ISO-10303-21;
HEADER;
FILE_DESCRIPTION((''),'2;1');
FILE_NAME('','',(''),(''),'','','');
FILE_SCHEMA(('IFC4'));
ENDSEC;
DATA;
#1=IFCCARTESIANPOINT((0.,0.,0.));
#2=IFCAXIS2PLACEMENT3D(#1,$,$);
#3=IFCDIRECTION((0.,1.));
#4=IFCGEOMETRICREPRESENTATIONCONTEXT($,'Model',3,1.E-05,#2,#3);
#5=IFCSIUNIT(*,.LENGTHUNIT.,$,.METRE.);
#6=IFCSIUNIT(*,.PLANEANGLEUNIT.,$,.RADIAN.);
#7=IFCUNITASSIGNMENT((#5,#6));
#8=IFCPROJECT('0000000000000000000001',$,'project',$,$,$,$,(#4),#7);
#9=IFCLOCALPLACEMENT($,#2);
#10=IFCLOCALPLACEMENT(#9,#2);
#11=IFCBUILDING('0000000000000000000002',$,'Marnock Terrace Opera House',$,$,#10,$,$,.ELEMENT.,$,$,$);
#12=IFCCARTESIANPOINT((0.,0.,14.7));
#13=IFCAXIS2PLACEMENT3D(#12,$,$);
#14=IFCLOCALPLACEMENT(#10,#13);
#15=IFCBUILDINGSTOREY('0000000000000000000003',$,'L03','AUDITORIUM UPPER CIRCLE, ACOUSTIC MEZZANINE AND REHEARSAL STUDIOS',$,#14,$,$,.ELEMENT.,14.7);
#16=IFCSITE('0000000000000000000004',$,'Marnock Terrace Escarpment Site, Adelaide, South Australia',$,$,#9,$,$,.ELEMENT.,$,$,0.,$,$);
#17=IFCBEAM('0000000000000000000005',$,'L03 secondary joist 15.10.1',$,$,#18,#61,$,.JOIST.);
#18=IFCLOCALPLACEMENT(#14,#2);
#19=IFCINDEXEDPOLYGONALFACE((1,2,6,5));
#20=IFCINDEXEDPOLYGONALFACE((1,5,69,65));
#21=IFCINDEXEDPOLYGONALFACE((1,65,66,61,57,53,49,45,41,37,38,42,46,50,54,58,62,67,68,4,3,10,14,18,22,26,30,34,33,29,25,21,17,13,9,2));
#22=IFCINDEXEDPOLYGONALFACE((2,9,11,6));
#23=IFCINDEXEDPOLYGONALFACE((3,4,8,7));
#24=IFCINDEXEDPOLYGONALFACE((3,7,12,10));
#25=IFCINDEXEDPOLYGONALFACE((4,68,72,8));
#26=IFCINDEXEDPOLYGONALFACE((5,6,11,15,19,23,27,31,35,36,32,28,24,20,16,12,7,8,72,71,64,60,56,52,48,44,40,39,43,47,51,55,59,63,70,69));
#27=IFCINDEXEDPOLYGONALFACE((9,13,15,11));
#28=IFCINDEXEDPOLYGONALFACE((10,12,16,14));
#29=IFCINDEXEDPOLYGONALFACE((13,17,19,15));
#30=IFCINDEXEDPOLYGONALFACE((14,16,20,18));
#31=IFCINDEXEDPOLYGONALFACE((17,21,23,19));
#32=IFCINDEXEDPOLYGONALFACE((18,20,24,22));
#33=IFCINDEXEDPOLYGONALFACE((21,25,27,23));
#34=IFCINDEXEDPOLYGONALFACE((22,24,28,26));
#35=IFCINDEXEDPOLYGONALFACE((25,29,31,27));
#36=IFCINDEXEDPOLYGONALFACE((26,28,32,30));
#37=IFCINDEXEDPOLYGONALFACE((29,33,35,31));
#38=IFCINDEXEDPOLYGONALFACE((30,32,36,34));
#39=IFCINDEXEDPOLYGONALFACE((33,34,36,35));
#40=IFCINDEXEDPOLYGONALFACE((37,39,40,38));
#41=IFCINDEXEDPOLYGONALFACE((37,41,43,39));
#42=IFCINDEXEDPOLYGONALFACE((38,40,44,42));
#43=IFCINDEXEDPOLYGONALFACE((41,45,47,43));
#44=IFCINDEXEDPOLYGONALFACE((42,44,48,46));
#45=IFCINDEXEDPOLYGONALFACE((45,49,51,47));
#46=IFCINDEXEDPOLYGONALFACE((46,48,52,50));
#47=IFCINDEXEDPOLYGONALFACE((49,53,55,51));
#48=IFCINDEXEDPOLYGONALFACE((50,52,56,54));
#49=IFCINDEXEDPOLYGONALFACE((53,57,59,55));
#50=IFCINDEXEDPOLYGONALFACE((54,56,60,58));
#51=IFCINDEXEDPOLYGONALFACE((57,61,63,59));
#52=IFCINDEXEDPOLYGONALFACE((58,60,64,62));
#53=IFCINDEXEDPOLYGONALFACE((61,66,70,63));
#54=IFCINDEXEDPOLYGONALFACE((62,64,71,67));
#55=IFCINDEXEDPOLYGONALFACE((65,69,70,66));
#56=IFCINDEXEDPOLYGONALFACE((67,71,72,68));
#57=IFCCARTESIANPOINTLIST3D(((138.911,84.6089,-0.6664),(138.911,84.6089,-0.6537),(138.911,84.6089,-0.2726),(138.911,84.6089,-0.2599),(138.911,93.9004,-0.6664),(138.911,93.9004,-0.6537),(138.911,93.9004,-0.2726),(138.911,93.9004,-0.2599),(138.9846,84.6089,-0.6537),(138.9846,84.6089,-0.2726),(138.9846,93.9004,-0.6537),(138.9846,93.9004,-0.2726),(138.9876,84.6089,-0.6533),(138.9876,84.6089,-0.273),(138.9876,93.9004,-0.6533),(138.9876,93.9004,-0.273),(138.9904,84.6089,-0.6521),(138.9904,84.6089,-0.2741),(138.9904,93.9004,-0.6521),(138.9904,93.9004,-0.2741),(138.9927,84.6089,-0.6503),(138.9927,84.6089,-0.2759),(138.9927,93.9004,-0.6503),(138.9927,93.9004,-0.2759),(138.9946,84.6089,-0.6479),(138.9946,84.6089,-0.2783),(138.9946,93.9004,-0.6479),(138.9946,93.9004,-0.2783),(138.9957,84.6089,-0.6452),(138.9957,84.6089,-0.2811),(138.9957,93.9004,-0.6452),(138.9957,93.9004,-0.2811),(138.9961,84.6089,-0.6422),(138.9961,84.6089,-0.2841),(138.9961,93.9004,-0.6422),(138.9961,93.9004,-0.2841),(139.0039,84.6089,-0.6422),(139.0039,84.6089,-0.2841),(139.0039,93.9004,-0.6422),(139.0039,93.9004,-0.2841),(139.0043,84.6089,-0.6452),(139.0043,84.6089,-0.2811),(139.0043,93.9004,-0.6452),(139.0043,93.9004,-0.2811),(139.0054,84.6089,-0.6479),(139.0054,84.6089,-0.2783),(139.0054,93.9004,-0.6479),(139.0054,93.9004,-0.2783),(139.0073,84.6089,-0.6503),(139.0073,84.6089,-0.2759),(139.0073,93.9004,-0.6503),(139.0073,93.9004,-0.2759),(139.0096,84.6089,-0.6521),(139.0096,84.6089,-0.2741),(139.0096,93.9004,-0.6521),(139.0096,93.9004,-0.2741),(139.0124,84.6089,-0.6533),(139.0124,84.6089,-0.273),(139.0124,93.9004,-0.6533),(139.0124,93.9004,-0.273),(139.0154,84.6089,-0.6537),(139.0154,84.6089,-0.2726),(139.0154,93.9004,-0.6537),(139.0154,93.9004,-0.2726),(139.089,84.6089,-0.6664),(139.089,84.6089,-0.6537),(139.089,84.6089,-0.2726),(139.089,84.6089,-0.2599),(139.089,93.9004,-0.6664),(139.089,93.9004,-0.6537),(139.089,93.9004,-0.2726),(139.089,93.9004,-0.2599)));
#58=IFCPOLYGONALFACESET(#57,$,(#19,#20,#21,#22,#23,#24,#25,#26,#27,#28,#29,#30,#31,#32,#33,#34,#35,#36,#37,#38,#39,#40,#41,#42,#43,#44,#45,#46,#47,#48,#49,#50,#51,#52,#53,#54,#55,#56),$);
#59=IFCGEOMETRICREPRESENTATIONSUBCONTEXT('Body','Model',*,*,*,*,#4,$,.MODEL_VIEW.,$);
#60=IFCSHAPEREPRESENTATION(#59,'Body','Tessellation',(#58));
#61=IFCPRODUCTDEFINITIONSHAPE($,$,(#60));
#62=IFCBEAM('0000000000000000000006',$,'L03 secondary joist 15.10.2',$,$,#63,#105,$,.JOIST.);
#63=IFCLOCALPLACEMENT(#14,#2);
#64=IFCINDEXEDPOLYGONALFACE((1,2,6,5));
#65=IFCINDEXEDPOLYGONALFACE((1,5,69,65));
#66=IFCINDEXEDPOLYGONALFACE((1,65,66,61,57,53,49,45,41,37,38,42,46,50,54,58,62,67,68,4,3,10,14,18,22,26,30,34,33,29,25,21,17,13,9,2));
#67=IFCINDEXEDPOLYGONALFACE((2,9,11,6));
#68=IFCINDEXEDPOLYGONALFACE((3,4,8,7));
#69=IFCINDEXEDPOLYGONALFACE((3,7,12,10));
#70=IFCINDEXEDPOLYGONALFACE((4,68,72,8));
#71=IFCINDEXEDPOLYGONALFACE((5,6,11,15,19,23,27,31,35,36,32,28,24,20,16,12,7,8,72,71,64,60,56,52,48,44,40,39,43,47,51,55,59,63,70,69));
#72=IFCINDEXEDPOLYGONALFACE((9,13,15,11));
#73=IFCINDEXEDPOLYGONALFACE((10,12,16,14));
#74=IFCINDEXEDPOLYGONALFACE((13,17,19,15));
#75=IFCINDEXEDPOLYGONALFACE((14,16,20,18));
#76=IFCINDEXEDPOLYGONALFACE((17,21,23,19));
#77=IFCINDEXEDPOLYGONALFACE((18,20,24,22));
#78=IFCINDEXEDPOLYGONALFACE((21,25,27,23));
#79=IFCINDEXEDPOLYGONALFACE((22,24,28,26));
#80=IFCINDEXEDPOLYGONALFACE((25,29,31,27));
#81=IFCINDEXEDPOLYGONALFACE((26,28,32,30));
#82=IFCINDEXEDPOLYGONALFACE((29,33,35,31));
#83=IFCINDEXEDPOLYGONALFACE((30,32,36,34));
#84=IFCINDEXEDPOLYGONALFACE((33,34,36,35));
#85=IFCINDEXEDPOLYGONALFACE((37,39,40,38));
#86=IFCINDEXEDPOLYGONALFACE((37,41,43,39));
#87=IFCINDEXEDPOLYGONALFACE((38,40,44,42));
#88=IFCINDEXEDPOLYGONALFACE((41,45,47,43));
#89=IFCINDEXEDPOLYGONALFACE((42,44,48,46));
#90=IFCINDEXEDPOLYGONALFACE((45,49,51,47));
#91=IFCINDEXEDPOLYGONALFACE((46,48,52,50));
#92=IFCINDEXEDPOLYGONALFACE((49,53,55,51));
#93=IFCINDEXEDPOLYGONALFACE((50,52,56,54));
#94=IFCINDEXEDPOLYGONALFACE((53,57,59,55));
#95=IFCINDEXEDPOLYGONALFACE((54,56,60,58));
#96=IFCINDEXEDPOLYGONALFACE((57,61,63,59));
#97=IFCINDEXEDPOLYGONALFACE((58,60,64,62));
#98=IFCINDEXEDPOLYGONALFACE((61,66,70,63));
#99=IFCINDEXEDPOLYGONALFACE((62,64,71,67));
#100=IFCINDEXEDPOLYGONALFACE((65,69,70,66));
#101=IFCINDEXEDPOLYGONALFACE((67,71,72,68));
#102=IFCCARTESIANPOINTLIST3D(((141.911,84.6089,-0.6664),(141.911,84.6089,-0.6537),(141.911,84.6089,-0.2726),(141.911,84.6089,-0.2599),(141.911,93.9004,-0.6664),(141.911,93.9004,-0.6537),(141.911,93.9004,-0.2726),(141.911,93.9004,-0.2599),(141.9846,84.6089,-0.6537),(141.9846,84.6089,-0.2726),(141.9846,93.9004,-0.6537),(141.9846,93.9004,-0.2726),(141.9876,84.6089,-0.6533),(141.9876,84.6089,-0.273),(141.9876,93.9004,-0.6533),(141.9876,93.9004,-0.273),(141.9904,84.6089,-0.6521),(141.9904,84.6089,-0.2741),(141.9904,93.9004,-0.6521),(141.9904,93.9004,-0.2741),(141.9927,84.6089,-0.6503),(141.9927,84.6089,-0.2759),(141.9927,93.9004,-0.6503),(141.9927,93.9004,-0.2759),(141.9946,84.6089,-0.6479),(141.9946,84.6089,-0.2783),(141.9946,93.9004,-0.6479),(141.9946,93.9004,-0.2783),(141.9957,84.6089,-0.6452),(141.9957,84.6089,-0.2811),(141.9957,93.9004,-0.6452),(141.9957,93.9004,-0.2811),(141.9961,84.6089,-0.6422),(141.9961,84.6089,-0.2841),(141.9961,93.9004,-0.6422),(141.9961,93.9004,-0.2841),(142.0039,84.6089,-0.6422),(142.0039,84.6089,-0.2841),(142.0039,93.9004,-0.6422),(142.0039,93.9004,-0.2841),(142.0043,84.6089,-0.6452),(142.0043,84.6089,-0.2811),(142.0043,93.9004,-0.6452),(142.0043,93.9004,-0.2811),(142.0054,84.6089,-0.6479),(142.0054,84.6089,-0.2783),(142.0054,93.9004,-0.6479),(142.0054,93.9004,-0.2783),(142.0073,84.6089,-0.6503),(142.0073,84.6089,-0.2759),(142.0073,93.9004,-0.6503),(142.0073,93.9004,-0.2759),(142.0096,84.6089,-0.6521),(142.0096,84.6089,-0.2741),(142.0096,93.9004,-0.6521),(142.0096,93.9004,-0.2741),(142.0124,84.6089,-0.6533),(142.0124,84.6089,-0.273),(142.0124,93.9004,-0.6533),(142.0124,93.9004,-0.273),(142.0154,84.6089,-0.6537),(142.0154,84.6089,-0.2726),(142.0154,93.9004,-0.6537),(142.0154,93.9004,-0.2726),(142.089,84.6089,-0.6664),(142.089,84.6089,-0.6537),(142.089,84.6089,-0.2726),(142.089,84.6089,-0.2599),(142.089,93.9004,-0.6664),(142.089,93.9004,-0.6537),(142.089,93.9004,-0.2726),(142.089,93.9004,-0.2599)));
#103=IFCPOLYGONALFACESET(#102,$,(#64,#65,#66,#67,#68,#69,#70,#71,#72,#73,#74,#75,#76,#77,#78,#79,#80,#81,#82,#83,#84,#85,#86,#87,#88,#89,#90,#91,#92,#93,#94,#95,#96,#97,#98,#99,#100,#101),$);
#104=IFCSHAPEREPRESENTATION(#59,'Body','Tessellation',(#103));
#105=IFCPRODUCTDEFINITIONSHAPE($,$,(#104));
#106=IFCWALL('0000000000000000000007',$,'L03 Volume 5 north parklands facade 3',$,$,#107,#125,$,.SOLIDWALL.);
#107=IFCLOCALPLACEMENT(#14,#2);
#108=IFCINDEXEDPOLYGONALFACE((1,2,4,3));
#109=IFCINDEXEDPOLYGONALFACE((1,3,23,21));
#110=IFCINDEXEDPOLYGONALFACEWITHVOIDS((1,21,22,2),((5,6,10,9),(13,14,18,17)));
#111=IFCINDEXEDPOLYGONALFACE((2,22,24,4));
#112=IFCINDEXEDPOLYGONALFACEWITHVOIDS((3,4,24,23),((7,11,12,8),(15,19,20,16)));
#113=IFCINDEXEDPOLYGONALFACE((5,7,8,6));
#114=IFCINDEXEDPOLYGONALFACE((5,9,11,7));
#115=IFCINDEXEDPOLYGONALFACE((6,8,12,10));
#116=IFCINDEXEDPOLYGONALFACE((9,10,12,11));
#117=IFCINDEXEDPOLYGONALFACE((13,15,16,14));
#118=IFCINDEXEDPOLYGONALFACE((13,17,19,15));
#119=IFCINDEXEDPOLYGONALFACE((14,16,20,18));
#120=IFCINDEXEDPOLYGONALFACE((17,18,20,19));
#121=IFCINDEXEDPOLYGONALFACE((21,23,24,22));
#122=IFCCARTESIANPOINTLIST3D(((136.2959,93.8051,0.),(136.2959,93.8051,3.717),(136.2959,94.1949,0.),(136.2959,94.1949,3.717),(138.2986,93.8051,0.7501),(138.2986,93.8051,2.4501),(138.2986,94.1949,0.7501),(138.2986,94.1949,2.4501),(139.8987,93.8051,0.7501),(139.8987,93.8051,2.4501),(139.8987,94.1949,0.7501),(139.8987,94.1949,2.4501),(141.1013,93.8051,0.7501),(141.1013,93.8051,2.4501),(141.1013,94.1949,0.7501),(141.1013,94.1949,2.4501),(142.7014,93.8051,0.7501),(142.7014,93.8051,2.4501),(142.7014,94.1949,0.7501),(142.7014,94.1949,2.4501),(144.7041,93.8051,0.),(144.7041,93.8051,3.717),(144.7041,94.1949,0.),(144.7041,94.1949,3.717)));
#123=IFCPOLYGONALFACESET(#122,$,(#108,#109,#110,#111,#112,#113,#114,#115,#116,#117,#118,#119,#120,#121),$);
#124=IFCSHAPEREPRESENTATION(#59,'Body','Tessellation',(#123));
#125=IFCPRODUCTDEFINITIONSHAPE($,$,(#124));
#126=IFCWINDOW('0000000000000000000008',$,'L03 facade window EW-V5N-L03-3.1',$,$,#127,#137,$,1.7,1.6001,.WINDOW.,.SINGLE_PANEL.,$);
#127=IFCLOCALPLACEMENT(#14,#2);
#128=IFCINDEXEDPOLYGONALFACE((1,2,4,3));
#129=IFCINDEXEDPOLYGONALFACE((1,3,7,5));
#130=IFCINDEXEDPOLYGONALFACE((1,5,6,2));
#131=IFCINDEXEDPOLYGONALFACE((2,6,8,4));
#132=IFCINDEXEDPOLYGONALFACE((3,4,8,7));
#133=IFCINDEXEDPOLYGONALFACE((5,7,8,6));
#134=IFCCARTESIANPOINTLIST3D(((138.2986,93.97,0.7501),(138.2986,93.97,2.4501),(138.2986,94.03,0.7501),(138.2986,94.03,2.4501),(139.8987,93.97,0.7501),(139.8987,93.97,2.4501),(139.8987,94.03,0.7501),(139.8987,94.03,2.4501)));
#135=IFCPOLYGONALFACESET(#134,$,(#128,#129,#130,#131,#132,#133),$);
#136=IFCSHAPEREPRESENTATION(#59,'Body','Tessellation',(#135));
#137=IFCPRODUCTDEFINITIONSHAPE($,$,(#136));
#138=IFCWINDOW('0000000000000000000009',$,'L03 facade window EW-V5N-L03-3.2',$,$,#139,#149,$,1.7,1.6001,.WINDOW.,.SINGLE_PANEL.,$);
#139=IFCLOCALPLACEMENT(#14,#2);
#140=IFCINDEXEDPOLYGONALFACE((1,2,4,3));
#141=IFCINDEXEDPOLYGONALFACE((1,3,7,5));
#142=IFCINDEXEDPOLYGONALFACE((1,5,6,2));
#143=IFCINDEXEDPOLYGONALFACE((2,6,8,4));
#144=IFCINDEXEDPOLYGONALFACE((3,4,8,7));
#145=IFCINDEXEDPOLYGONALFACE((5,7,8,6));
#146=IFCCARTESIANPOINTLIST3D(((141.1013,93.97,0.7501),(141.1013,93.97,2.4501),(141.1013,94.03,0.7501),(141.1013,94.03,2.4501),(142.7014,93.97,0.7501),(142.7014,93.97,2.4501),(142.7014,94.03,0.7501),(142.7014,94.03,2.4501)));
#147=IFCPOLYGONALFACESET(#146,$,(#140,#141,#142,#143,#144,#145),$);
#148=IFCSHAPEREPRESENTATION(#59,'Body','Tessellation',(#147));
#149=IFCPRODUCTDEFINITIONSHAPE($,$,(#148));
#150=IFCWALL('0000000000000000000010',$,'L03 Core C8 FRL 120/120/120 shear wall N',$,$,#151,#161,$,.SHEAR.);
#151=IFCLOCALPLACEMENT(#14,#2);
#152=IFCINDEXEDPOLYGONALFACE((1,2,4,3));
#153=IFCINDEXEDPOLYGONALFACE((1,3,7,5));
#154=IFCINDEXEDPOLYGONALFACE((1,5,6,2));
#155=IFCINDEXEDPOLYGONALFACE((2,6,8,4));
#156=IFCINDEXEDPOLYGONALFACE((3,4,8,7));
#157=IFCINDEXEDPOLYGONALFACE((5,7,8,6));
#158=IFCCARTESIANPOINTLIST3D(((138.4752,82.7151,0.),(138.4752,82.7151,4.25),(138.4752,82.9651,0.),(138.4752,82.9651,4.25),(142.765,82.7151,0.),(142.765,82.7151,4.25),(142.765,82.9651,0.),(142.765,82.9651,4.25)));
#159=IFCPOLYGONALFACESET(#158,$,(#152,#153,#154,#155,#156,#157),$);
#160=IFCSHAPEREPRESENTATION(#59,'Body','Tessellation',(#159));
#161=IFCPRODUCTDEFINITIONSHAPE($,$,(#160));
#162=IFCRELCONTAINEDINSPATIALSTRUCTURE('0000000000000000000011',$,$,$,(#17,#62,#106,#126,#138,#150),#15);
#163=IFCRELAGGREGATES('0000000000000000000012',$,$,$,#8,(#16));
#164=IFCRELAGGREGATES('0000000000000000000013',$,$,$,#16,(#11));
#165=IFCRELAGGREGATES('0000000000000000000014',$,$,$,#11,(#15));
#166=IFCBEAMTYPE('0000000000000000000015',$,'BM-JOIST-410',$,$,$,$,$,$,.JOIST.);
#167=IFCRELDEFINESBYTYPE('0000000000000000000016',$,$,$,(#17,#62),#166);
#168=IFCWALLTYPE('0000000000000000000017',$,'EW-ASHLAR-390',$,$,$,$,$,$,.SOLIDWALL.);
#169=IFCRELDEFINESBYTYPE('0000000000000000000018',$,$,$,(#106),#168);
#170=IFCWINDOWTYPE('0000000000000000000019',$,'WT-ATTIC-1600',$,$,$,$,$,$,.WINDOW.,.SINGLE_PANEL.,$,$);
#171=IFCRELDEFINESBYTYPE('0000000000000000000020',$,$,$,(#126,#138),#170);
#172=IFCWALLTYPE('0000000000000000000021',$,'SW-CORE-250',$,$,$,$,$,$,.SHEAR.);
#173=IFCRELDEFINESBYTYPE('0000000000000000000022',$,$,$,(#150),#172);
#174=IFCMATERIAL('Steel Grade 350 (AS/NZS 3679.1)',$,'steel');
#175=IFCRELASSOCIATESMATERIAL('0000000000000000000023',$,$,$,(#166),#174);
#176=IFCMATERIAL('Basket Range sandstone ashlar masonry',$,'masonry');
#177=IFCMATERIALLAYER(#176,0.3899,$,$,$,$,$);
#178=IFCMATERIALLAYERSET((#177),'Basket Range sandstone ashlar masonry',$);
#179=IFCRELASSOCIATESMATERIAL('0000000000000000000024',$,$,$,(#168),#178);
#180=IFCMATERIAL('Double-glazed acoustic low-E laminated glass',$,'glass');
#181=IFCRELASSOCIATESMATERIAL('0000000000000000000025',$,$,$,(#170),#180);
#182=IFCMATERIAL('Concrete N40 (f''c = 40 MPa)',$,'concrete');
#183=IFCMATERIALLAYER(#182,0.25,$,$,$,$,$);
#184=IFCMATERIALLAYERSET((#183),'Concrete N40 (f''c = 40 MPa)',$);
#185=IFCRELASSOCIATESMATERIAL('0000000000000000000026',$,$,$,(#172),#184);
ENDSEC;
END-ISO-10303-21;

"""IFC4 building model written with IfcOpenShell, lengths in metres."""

from ifc_helpers import new_model, si_unit, direction, frame, frame_2d, origin, origin_2d, place, context, subcontext, project, spatial, rectangle, i_section, extrude, material, layer, layer_set, material_profile, profile_set, type_object, element, fill, save


model = new_model("IFC4")

# Units and contexts
model_context = context("Model", 3, precision=1e-05, world=origin(), true_north=direction((0.0, 1.0)))
body_context = subcontext(model_context, "Body", "Model", "MODEL_VIEW")
ifc_project = project(units=[si_unit("LENGTHUNIT", "METRE"), si_unit("PLANEANGLEUNIT", "RADIAN")], contexts=[model_context])

# Site, building, storey
site_placement = place(None, origin())
site = spatial("IfcSite", under=ifc_project, at=site_placement, Name="Marnock Terrace Escarpment Site, Adelaide, South Australia", CompositionType="ELEMENT", RefElevation=0.0)
building_placement = place(site_placement, origin())
building = spatial("IfcBuilding", under=site, at=building_placement, Name="Marnock Terrace Opera House", CompositionType="ELEMENT")
storey_placement = place(building_placement, frame((0.0, 0.0, 14.7)))
storey = spatial("IfcBuildingStorey", under=building, at=storey_placement, Name="L03", Description="AUDITORIUM UPPER CIRCLE, ACOUSTIC MEZZANINE AND REHEARSAL STUDIOS", CompositionType="ELEMENT", Elevation=14.7)

# Shared definitions
ifc_material_1 = material(Name="Concrete N40 (f'c = 40 MPa)", Category="concrete")

# Beams
ifc_material_2 = material(Name="Steel Grade 350 (AS/NZS 3679.1)", Category="steel")
ifc_material_profile_1 = material_profile(ifc_material_2, i_section(OverallWidth=0.178, OverallDepth=0.4065, WebThickness=0.0078, FlangeThickness=0.0127, FilletRadius=0.0115, at=origin_2d()))
ifc_profile_set_1 = profile_set([ifc_material_profile_1], Name="Steel Grade 350 (AS/NZS 3679.1)")
beam_type_1 = type_object("IfcBeamType", Name="BM-JOIST-410", PredefinedType="JOIST", material=ifc_profile_set_1)
for number, where, z_axis, x_axis, name in (
    (1, (139.0, 84.6089, -0.4631), (0.0, 1.0, 0.0), (-1.0, 0.0, 0.0), "L03 secondary joist 15.10.1"),
    (2, (142.0, 84.6089, -0.4631), (0.0, 1.0, 0.0), (-1.0, 0.0, 0.0), "L03 secondary joist 15.10.2"),
):
    element("IfcBeam", number, at=place(storey_placement, frame(where, z_axis=z_axis, x_axis=x_axis)), inside=storey, type_object=beam_type_1, Name=name, PredefinedType="JOIST", context=body_context, shape_type="SweptSolid", body=[
        extrude(i_section(OverallWidth=0.178, OverallDepth=0.4065, WebThickness=0.0078, FlangeThickness=0.0127, FilletRadius=0.0115, at=origin_2d()), origin(), (0.0, 0.0, 1.0), 9.2915),
    ])

# Wall, openings, windows
ifc_material_3 = material(Name="Basket Range sandstone ashlar masonry", Category="masonry")
ifc_layer_1 = layer(ifc_material_3, 0.3899)
ifc_layer_set_1 = layer_set([ifc_layer_1], Name="Basket Range sandstone ashlar masonry")
wall_type_1 = type_object("IfcWallType", Name="EW-ASHLAR-390", PredefinedType="SOLIDWALL", material=ifc_layer_set_1)
wall_1_placement = place(storey_placement, frame((136.2959, 94.0, 0.0), z_axis=(0.0, 0.0, 1.0), x_axis=(1.0, 0.0, 0.0)))
wall_1 = element("IfcWall", 3, at=wall_1_placement, inside=storey, type_object=wall_type_1, Name="L03 Volume 5 north parklands facade 3", PredefinedType="SOLIDWALL", context=body_context, shape_type="SweptSolid", body=[
    extrude(rectangle(XDim=8.4082, YDim=0.3899, at=frame_2d((4.2041, 0.0))), origin(), (0.0, 0.0, 1.0), 3.717),
])
opening_1_placement = place(wall_1_placement, frame((2.0027, 0.0, 0.75)))
opening_1 = element("IfcOpeningElement", 4, at=opening_1_placement, cuts=wall_1, PredefinedType="OPENING", context=body_context, shape_type="SweptSolid", body=[
    extrude(rectangle(XDim=1.6001, YDim=1.7, at=frame_2d((0.8, 0.8501))), frame((0.0, 0.2048, 0.0), z_axis=(0.0, -1.0, 0.0), x_axis=(1.0, 0.0, 0.0)), (0.0, 0.0, 1.0), 0.4099),
])
opening_2_placement = place(wall_1_placement, frame((4.8054, 0.0, 0.75)))
opening_2 = element("IfcOpeningElement", 5, at=opening_2_placement, cuts=wall_1, PredefinedType="OPENING", context=body_context, shape_type="SweptSolid", body=[
    extrude(rectangle(XDim=1.6001, YDim=1.7, at=frame_2d((0.8, 0.8501))), frame((0.0, 0.2048, 0.0), z_axis=(0.0, -1.0, 0.0), x_axis=(1.0, 0.0, 0.0)), (0.0, 0.0, 1.0), 0.4099),
])
ifc_material_4 = material(Name="Double-glazed acoustic low-E laminated glass", Category="glass")
window_type = type_object("IfcWindowType", Name="WT-ATTIC-1600", PartitioningType="SINGLE_PANEL", PredefinedType="WINDOW", material=ifc_material_4)
window_1_placement = place(opening_1_placement, origin())
window_1 = element("IfcWindow", 6, at=window_1_placement, inside=storey, type_object=window_type, Name="L03 facade window EW-V5N-L03-3.1", OverallHeight=1.7, OverallWidth=1.6001, PartitioningType="SINGLE_PANEL", PredefinedType="WINDOW", context=body_context, shape_type="SweptSolid", body=[
    extrude(rectangle(XDim=1.6001, YDim=1.7, at=frame_2d((0.8, 0.8501))), frame((0.0, 0.03, 0.0), z_axis=(0.0, -1.0, 0.0), x_axis=(1.0, 0.0, 0.0)), (0.0, 0.0, 1.0), 0.0601),
])
fill(opening_1, window_1)
window_2_placement = place(opening_2_placement, origin())
window_2 = element("IfcWindow", 7, at=window_2_placement, inside=storey, type_object=window_type, Name="L03 facade window EW-V5N-L03-3.2", OverallHeight=1.7, OverallWidth=1.6001, PartitioningType="SINGLE_PANEL", PredefinedType="WINDOW", context=body_context, shape_type="SweptSolid", body=[
    extrude(rectangle(XDim=1.6001, YDim=1.7, at=frame_2d((0.8, 0.8501))), frame((0.0, 0.03, 0.0), z_axis=(0.0, -1.0, 0.0), x_axis=(1.0, 0.0, 0.0)), (0.0, 0.0, 1.0), 0.0601),
])
fill(opening_2, window_2)

# Wall
ifc_layer_2 = layer(ifc_material_1, 0.25)
ifc_layer_set_2 = layer_set([ifc_layer_2], Name="Concrete N40 (f'c = 40 MPa)")
wall_type_2 = type_object("IfcWallType", Name="SW-CORE-250", PredefinedType="SHEAR", material=ifc_layer_set_2)
wall_2_placement = place(storey_placement, frame((138.4751, 82.8401, 0.0), z_axis=(0.0, 0.0, 1.0), x_axis=(1.0, 0.0, 0.0)))
element("IfcWall", 8, at=wall_2_placement, inside=storey, type_object=wall_type_2, Name="L03 Core C8 FRL 120/120/120 shear wall N", PredefinedType="SHEAR", context=body_context, shape_type="SweptSolid", body=[
    extrude(rectangle(XDim=4.2898, YDim=0.25, at=frame_2d((2.145, 0.0))), origin(), (0.0, 0.0, 1.0), 4.25),
])

save(model, "model.ifc")
